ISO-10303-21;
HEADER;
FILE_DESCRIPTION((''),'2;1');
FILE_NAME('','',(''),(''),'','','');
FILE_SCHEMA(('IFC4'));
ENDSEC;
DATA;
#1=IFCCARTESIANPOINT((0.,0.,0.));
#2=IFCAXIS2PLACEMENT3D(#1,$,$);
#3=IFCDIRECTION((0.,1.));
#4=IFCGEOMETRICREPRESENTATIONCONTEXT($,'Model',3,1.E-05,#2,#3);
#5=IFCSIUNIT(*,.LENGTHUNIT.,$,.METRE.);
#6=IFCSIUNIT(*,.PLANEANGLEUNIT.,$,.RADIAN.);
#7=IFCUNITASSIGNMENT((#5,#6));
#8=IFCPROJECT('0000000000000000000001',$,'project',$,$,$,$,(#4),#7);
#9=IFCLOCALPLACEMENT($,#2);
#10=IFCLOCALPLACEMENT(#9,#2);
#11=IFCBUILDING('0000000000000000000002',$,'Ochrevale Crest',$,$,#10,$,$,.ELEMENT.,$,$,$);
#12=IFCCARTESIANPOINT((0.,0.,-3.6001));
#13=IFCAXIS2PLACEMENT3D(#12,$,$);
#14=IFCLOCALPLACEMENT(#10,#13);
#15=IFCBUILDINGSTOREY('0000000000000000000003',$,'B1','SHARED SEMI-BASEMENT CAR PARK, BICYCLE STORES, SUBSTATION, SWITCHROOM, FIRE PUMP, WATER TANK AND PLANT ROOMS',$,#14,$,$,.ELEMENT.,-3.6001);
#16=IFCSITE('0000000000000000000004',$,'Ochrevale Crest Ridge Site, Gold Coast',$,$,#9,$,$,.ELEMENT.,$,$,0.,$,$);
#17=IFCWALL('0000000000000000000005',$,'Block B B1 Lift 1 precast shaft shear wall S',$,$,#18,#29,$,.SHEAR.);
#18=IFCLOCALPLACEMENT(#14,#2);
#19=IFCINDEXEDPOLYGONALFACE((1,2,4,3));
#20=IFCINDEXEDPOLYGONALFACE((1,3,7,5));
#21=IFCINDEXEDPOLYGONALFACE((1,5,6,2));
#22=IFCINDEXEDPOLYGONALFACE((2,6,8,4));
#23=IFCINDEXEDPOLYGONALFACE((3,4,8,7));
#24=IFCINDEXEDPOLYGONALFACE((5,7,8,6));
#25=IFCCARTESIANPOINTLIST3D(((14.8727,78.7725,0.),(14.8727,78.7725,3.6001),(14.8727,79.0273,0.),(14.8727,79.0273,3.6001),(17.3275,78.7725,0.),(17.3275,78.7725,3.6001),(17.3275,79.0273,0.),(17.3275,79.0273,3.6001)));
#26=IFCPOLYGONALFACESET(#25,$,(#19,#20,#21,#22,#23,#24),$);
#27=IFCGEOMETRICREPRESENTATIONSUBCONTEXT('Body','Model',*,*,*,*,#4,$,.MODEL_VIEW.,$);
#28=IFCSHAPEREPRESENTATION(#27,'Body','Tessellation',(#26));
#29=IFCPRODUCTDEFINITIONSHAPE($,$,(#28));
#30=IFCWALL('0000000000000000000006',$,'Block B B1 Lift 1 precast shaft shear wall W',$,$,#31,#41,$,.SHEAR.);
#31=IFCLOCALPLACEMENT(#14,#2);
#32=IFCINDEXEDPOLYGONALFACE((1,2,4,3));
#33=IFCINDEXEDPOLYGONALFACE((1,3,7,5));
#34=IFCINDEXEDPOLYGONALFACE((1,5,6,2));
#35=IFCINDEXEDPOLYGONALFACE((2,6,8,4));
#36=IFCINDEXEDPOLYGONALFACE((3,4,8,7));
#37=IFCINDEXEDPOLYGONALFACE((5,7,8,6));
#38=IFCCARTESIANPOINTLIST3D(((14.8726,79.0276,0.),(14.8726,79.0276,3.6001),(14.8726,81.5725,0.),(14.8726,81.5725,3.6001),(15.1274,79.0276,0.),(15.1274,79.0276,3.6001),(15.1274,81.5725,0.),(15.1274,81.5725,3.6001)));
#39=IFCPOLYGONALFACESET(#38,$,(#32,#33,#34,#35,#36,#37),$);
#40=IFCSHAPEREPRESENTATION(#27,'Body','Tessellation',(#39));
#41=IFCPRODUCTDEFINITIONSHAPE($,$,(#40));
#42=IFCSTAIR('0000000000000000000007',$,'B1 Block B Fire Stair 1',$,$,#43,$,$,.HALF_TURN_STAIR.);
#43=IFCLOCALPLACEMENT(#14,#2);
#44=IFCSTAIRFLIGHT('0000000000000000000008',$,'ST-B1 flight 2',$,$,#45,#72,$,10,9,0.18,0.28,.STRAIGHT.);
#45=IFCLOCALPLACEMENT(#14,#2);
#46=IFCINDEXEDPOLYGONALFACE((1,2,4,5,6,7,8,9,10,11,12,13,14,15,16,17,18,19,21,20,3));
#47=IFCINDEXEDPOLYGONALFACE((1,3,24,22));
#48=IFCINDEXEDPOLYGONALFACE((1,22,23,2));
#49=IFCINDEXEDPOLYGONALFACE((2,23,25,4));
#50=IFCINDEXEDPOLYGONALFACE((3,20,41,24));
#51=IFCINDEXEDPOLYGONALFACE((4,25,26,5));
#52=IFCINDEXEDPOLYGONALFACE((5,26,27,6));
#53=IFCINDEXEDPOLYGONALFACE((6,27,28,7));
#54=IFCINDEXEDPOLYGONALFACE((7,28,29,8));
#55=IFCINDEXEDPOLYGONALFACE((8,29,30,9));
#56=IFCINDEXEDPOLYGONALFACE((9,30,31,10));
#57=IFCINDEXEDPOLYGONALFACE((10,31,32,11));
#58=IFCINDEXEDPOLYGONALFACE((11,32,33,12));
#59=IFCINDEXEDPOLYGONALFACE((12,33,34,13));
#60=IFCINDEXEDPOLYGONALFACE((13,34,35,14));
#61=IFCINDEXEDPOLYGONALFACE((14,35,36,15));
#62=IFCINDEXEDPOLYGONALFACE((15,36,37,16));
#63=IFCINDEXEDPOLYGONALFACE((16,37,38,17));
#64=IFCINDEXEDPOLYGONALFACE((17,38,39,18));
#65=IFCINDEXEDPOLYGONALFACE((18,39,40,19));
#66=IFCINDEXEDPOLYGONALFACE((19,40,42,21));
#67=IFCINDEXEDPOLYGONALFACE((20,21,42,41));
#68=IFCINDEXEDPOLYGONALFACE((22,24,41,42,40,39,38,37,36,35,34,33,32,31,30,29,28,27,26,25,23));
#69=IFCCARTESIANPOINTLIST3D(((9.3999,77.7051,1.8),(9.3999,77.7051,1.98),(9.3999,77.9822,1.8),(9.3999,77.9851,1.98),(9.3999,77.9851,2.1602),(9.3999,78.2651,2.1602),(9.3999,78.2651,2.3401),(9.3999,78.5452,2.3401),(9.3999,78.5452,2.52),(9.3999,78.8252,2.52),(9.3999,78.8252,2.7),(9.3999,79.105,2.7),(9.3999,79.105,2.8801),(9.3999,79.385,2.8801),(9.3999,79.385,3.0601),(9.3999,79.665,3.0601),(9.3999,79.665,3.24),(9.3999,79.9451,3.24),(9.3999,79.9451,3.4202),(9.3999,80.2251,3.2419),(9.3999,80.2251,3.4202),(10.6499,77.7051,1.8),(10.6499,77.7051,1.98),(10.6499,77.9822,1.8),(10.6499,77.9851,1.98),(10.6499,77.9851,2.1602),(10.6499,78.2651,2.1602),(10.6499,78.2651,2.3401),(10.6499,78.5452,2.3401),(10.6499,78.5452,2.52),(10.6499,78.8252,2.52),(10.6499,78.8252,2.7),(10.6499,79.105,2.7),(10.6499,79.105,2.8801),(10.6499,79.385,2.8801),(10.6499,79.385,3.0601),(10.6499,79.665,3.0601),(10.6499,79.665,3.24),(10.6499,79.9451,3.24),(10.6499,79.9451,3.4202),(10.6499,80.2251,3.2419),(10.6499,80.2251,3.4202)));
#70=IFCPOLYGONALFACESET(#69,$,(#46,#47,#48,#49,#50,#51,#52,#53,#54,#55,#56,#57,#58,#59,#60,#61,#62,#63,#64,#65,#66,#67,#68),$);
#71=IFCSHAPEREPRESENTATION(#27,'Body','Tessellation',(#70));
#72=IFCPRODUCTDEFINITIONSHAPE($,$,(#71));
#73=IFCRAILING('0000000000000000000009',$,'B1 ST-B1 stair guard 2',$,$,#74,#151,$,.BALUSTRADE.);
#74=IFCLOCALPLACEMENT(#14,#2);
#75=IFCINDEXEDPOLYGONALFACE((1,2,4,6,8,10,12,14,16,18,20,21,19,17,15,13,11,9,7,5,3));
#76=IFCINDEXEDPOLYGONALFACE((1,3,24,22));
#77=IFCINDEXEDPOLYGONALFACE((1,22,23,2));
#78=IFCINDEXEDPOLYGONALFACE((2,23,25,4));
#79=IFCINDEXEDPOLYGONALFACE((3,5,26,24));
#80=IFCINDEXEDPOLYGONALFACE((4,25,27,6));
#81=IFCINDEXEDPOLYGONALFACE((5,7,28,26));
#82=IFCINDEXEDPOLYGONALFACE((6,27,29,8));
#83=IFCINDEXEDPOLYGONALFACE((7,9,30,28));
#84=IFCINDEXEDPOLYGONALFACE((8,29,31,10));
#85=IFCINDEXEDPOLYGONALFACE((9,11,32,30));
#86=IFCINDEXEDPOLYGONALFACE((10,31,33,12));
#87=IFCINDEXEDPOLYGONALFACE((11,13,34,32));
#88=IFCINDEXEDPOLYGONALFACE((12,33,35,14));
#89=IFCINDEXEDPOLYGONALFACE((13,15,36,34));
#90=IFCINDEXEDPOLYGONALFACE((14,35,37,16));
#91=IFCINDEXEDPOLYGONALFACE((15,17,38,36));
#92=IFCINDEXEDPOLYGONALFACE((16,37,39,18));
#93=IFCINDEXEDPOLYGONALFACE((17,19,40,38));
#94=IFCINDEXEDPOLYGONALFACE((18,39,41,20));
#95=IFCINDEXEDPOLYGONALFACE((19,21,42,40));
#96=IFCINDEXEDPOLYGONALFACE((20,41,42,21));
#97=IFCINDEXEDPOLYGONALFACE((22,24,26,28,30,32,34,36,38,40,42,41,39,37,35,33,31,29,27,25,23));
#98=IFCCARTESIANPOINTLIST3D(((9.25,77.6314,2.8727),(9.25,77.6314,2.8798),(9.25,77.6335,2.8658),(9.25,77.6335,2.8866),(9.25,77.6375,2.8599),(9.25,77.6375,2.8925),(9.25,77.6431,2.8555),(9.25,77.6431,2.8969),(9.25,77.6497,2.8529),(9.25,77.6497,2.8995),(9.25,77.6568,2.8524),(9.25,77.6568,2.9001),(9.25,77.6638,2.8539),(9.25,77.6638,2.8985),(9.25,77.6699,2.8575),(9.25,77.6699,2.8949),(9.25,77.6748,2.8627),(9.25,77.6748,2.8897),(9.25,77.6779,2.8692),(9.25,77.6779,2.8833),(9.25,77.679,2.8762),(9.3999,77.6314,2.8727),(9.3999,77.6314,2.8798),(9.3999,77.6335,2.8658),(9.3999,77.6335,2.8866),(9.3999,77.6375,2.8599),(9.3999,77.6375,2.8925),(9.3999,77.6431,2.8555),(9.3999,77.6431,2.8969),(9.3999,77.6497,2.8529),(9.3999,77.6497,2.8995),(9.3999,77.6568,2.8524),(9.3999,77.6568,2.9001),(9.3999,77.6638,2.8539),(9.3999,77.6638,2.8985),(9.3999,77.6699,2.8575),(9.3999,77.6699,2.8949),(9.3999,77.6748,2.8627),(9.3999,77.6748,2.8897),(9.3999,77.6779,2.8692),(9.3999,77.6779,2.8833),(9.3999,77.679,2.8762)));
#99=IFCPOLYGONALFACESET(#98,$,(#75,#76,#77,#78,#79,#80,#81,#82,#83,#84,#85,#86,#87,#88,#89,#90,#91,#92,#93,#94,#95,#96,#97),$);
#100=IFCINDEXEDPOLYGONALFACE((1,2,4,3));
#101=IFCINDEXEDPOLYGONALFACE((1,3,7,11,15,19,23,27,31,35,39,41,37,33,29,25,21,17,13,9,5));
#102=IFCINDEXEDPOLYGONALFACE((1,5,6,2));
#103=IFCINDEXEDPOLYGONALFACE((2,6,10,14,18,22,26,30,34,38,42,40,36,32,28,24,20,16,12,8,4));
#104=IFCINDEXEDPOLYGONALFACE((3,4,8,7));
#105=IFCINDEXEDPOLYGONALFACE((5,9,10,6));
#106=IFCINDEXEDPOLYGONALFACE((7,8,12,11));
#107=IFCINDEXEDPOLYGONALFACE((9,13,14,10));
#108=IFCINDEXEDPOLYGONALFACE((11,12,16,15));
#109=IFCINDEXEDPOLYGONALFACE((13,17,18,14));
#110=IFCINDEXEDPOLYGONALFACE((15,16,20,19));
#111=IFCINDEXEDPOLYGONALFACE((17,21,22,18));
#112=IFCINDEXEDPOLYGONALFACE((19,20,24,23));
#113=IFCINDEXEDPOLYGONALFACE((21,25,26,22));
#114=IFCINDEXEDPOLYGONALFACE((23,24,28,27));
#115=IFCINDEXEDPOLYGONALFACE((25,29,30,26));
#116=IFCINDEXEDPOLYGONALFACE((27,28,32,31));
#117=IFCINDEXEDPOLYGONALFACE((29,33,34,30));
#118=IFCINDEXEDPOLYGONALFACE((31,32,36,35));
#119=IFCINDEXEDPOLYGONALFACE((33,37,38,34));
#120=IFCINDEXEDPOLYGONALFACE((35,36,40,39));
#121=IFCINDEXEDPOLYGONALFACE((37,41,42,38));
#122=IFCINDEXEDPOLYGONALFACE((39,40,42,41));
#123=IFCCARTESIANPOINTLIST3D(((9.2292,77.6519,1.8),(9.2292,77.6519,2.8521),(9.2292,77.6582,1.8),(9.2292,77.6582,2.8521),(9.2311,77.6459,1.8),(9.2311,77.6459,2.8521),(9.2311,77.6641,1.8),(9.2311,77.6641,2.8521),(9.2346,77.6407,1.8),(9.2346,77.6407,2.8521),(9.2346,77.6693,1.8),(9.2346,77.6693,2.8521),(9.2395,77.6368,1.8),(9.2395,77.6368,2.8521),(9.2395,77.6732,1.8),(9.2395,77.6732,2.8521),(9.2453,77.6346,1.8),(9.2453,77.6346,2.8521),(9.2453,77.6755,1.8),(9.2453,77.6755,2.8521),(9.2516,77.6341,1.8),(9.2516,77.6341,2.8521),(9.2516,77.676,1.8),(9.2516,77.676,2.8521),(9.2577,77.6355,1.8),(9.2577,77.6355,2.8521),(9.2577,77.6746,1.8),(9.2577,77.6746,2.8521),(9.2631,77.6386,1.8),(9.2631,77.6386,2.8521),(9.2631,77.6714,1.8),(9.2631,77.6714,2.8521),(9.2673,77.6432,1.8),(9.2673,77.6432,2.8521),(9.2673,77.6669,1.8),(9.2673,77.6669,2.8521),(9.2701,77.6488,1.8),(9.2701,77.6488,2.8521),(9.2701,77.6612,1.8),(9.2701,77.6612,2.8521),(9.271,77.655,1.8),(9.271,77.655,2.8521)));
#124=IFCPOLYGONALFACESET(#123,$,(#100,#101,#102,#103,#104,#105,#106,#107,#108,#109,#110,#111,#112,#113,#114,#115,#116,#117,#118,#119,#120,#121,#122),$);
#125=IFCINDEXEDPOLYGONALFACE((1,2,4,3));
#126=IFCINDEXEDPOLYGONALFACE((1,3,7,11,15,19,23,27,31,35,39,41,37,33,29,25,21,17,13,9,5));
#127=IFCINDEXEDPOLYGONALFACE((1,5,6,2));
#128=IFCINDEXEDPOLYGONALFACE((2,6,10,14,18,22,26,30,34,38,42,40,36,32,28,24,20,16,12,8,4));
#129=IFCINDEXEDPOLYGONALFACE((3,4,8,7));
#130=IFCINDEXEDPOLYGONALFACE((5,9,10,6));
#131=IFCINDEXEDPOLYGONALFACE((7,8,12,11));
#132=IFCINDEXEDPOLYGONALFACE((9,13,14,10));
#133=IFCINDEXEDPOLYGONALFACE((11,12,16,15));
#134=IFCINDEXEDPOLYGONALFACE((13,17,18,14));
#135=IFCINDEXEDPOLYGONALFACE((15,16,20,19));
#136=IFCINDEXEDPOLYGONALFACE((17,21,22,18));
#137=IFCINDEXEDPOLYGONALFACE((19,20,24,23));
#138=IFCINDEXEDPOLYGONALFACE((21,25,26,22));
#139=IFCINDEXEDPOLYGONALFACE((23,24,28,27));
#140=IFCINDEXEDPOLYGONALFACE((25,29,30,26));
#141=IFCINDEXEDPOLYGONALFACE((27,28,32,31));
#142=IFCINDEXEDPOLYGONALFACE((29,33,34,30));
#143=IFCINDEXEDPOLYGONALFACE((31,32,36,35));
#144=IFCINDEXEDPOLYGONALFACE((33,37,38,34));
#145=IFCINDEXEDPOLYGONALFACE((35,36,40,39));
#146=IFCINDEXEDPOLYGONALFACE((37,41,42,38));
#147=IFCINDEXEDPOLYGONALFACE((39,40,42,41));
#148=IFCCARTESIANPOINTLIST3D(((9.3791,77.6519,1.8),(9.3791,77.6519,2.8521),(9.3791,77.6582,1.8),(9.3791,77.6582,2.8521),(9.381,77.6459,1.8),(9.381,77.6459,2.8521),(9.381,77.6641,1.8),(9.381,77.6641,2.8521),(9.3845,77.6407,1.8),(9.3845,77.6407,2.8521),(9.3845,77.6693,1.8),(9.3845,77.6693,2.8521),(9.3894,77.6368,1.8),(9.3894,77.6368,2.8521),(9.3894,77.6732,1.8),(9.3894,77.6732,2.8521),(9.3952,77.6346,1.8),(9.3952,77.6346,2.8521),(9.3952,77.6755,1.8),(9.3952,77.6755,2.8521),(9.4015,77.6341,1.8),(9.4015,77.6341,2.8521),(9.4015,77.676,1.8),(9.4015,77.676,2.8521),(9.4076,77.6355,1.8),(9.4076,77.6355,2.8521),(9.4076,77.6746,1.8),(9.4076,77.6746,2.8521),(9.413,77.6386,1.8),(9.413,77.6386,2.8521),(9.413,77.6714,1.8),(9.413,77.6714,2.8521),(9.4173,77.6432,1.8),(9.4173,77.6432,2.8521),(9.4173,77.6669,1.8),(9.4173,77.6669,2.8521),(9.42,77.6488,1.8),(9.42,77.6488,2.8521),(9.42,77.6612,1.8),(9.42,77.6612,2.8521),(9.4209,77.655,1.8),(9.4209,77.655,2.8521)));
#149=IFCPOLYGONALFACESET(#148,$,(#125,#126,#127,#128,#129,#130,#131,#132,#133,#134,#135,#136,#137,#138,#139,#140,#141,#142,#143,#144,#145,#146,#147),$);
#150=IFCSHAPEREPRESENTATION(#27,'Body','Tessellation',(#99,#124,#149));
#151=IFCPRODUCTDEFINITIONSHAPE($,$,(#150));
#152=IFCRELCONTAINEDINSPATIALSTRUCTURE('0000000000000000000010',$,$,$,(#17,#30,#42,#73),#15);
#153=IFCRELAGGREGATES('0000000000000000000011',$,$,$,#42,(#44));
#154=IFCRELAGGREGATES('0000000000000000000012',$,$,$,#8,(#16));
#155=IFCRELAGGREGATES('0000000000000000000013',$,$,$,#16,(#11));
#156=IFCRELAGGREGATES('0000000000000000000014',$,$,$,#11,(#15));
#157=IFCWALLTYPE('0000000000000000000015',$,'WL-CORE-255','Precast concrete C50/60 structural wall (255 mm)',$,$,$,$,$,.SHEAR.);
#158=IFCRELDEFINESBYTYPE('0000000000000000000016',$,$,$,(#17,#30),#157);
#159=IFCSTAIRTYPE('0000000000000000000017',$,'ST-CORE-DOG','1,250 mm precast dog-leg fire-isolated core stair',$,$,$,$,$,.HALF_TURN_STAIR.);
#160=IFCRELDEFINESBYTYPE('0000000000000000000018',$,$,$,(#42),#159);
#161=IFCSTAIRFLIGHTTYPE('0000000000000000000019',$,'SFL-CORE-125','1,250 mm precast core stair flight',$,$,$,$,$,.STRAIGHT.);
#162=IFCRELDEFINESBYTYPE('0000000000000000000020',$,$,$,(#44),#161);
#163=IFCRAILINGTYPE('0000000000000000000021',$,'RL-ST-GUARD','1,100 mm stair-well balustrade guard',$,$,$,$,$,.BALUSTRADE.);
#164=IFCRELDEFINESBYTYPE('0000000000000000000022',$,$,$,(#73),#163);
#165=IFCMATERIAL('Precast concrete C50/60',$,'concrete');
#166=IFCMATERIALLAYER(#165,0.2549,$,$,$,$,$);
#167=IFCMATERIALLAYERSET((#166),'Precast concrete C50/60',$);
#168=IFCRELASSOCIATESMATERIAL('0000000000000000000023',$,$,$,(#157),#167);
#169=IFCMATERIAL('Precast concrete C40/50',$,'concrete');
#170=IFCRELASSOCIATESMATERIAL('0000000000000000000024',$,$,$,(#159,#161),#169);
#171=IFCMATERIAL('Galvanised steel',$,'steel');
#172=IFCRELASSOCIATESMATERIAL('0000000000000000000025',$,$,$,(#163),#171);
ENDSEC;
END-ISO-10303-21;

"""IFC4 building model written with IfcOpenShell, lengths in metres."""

from ifc_helpers import new_model, si_unit, direction, frame, frame_2d, origin, origin_2d, place, context, subcontext, project, spatial, polyline, rectangle, circle, outline, extrude, material, layer, layer_set, type_object, element, aggregate, save


model = new_model("IFC4")

# Units and contexts
model_context = context("Model", 3, precision=1e-05, world=origin(), true_north=direction((0.0, 1.0)))
body_context = subcontext(model_context, "Body", "Model", "MODEL_VIEW")
ifc_project = project(units=[si_unit("LENGTHUNIT", "METRE"), si_unit("PLANEANGLEUNIT", "RADIAN")], contexts=[model_context])

# Site, building, storey
site_placement = place(None, origin())
site = spatial("IfcSite", under=ifc_project, at=site_placement, Name="Ochrevale Crest Ridge Site, Gold Coast", CompositionType="ELEMENT", RefElevation=0.0)
building_placement = place(site_placement, origin())
building = spatial("IfcBuilding", under=site, at=building_placement, Name="Ochrevale Crest", CompositionType="ELEMENT")
storey_placement = place(building_placement, frame((0.0, 0.0, -3.6001)))
storey = spatial("IfcBuildingStorey", under=building, at=storey_placement, Name="B1", Description="SHARED SEMI-BASEMENT CAR PARK, BICYCLE STORES, SUBSTATION, SWITCHROOM, FIRE PUMP, WATER TANK AND PLANT ROOMS", CompositionType="ELEMENT", Elevation=-3.6001)

# Shared definitions
ifc_material_1 = material(Name="Precast concrete C50/60", Category="concrete")

# Walls
ifc_layer = layer(ifc_material_1, 0.2549)
ifc_layer_set = layer_set([ifc_layer], Name="Precast concrete C50/60")
wall_type = type_object("IfcWallType", Name="WL-CORE-255", Description="Precast concrete C50/60 structural wall (255 mm)", PredefinedType="SHEAR", material=ifc_layer_set)
wall_1_placement = place(storey_placement, frame((14.8726, 78.8999, 0.0), z_axis=(0.0, 0.0, 1.0), x_axis=(1.0, 0.0, 0.0)))
element("IfcWall", 1, at=wall_1_placement, inside=storey, type_object=wall_type, Name="Block B B1 Lift 1 precast shaft shear wall S", PredefinedType="SHEAR", context=body_context, shape_type="SweptSolid", body=[
    extrude(rectangle(XDim=2.4548, YDim=0.2549, at=frame_2d((1.2275, 0.0))), origin(), (0.0, 0.0, 1.0), 3.6001),
])
wall_2_placement = place(storey_placement, frame((15.0, 79.0276, 0.0), z_axis=(0.0, 0.0, 1.0), x_axis=(0.0, 1.0, 0.0)))
element("IfcWall", 2, at=wall_2_placement, inside=storey, type_object=wall_type, Name="Block B B1 Lift 1 precast shaft shear wall W", PredefinedType="SHEAR", context=body_context, shape_type="SweptSolid", body=[
    extrude(rectangle(XDim=2.5449, YDim=0.2549, at=frame_2d((1.2725, 0.0))), origin(), (0.0, 0.0, 1.0), 3.6001),
])

# Stair, stair flight
ifc_material_2 = material(Name="Precast concrete C40/50", Category="concrete")
stair_type = type_object("IfcStairType", Name="ST-CORE-DOG", Description="1,250 mm precast dog-leg fire-isolated core stair", PredefinedType="HALF_TURN_STAIR", material=ifc_material_2)
stair_placement = place(storey_placement, origin())
stair = element("IfcStair", 3, at=stair_placement, inside=storey, type_object=stair_type, Name="B1 Block B Fire Stair 1", PredefinedType="HALF_TURN_STAIR")
stair_flight_type = type_object("IfcStairFlightType", Name="SFL-CORE-125", Description="1,250 mm precast core stair flight", PredefinedType="STRAIGHT", material=ifc_material_2)
stair_flight_placement = place(storey_placement, frame((10.0249, 77.7051, 1.8), z_axis=(0.0, 0.0, 1.0), x_axis=(0.0, 1.0, 0.0)))
stair_flight = element("IfcStairFlight", 4, at=stair_flight_placement, type_object=stair_flight_type, Name="ST-B1 flight 2", NumberOfRisers=10, NumberOfTreads=9, PredefinedType="STRAIGHT", RiserHeight=0.18, TreadLength=0.28, context=body_context, shape_type="SweptSolid", body=[
    extrude(outline(polyline([(0.0, 0.0), (0.0, 0.1799), (0.28, 0.1799), (0.28, 0.3601), (0.5601, 0.3601), (0.5601, 0.54), (0.8401, 0.54), (0.8401, 0.72), (1.1201, 0.72), (1.1201, 0.8999), (1.3999, 0.8999), (1.3999, 1.0801), (1.6799, 1.0801), (1.6799, 1.26), (1.96, 1.26), (1.96, 1.4399), (2.24, 1.4399), (2.24, 1.6201), (2.52, 1.6201), (2.52, 1.8), (2.52, 1.4419), (0.2771, 0.0), (0.0, 0.0)])), frame((0.0, 0.625, 0.0), z_axis=(0.0, -1.0, 0.0), x_axis=(1.0, 0.0, 0.0)), (0.0, 0.0, 1.0), 1.25),
])
aggregate(stair, [stair_flight])

# Railing
ifc_material_3 = material(Name="Galvanised steel", Category="steel")
railing_type_1 = type_object("IfcRailingType", Name="RL-ST-GUARD", Description="1,100 mm stair-well balustrade guard", PredefinedType="BALUSTRADE", material=ifc_material_3)
railing_1_placement = place(storey_placement, frame((9.25, 77.655, 1.8)))
element("IfcRailing", 5, at=railing_1_placement, inside=storey, type_object=railing_type_1, Name="B1 ST-B1 stair guard 2", PredefinedType="BALUSTRADE", context=body_context, shape_type="SweptSolid", body=[
    extrude(circle(Radius=0.0239, at=origin_2d()), frame((0.0, 0.0, 1.0762), z_axis=(1.0, 0.0, 0.0), x_axis=(0.0, 1.0, 0.0)), (0.0, 0.0, 1.0), 0.1499),
    extrude(circle(Radius=0.021, at=origin_2d()), origin(), (0.0, 0.0, 1.0), 1.052),
    extrude(circle(Radius=0.021, at=origin_2d()), frame((0.1499, 0.0, 0.0)), (0.0, 0.0, 1.0), 1.052),
])

save(model, "model.ifc")
